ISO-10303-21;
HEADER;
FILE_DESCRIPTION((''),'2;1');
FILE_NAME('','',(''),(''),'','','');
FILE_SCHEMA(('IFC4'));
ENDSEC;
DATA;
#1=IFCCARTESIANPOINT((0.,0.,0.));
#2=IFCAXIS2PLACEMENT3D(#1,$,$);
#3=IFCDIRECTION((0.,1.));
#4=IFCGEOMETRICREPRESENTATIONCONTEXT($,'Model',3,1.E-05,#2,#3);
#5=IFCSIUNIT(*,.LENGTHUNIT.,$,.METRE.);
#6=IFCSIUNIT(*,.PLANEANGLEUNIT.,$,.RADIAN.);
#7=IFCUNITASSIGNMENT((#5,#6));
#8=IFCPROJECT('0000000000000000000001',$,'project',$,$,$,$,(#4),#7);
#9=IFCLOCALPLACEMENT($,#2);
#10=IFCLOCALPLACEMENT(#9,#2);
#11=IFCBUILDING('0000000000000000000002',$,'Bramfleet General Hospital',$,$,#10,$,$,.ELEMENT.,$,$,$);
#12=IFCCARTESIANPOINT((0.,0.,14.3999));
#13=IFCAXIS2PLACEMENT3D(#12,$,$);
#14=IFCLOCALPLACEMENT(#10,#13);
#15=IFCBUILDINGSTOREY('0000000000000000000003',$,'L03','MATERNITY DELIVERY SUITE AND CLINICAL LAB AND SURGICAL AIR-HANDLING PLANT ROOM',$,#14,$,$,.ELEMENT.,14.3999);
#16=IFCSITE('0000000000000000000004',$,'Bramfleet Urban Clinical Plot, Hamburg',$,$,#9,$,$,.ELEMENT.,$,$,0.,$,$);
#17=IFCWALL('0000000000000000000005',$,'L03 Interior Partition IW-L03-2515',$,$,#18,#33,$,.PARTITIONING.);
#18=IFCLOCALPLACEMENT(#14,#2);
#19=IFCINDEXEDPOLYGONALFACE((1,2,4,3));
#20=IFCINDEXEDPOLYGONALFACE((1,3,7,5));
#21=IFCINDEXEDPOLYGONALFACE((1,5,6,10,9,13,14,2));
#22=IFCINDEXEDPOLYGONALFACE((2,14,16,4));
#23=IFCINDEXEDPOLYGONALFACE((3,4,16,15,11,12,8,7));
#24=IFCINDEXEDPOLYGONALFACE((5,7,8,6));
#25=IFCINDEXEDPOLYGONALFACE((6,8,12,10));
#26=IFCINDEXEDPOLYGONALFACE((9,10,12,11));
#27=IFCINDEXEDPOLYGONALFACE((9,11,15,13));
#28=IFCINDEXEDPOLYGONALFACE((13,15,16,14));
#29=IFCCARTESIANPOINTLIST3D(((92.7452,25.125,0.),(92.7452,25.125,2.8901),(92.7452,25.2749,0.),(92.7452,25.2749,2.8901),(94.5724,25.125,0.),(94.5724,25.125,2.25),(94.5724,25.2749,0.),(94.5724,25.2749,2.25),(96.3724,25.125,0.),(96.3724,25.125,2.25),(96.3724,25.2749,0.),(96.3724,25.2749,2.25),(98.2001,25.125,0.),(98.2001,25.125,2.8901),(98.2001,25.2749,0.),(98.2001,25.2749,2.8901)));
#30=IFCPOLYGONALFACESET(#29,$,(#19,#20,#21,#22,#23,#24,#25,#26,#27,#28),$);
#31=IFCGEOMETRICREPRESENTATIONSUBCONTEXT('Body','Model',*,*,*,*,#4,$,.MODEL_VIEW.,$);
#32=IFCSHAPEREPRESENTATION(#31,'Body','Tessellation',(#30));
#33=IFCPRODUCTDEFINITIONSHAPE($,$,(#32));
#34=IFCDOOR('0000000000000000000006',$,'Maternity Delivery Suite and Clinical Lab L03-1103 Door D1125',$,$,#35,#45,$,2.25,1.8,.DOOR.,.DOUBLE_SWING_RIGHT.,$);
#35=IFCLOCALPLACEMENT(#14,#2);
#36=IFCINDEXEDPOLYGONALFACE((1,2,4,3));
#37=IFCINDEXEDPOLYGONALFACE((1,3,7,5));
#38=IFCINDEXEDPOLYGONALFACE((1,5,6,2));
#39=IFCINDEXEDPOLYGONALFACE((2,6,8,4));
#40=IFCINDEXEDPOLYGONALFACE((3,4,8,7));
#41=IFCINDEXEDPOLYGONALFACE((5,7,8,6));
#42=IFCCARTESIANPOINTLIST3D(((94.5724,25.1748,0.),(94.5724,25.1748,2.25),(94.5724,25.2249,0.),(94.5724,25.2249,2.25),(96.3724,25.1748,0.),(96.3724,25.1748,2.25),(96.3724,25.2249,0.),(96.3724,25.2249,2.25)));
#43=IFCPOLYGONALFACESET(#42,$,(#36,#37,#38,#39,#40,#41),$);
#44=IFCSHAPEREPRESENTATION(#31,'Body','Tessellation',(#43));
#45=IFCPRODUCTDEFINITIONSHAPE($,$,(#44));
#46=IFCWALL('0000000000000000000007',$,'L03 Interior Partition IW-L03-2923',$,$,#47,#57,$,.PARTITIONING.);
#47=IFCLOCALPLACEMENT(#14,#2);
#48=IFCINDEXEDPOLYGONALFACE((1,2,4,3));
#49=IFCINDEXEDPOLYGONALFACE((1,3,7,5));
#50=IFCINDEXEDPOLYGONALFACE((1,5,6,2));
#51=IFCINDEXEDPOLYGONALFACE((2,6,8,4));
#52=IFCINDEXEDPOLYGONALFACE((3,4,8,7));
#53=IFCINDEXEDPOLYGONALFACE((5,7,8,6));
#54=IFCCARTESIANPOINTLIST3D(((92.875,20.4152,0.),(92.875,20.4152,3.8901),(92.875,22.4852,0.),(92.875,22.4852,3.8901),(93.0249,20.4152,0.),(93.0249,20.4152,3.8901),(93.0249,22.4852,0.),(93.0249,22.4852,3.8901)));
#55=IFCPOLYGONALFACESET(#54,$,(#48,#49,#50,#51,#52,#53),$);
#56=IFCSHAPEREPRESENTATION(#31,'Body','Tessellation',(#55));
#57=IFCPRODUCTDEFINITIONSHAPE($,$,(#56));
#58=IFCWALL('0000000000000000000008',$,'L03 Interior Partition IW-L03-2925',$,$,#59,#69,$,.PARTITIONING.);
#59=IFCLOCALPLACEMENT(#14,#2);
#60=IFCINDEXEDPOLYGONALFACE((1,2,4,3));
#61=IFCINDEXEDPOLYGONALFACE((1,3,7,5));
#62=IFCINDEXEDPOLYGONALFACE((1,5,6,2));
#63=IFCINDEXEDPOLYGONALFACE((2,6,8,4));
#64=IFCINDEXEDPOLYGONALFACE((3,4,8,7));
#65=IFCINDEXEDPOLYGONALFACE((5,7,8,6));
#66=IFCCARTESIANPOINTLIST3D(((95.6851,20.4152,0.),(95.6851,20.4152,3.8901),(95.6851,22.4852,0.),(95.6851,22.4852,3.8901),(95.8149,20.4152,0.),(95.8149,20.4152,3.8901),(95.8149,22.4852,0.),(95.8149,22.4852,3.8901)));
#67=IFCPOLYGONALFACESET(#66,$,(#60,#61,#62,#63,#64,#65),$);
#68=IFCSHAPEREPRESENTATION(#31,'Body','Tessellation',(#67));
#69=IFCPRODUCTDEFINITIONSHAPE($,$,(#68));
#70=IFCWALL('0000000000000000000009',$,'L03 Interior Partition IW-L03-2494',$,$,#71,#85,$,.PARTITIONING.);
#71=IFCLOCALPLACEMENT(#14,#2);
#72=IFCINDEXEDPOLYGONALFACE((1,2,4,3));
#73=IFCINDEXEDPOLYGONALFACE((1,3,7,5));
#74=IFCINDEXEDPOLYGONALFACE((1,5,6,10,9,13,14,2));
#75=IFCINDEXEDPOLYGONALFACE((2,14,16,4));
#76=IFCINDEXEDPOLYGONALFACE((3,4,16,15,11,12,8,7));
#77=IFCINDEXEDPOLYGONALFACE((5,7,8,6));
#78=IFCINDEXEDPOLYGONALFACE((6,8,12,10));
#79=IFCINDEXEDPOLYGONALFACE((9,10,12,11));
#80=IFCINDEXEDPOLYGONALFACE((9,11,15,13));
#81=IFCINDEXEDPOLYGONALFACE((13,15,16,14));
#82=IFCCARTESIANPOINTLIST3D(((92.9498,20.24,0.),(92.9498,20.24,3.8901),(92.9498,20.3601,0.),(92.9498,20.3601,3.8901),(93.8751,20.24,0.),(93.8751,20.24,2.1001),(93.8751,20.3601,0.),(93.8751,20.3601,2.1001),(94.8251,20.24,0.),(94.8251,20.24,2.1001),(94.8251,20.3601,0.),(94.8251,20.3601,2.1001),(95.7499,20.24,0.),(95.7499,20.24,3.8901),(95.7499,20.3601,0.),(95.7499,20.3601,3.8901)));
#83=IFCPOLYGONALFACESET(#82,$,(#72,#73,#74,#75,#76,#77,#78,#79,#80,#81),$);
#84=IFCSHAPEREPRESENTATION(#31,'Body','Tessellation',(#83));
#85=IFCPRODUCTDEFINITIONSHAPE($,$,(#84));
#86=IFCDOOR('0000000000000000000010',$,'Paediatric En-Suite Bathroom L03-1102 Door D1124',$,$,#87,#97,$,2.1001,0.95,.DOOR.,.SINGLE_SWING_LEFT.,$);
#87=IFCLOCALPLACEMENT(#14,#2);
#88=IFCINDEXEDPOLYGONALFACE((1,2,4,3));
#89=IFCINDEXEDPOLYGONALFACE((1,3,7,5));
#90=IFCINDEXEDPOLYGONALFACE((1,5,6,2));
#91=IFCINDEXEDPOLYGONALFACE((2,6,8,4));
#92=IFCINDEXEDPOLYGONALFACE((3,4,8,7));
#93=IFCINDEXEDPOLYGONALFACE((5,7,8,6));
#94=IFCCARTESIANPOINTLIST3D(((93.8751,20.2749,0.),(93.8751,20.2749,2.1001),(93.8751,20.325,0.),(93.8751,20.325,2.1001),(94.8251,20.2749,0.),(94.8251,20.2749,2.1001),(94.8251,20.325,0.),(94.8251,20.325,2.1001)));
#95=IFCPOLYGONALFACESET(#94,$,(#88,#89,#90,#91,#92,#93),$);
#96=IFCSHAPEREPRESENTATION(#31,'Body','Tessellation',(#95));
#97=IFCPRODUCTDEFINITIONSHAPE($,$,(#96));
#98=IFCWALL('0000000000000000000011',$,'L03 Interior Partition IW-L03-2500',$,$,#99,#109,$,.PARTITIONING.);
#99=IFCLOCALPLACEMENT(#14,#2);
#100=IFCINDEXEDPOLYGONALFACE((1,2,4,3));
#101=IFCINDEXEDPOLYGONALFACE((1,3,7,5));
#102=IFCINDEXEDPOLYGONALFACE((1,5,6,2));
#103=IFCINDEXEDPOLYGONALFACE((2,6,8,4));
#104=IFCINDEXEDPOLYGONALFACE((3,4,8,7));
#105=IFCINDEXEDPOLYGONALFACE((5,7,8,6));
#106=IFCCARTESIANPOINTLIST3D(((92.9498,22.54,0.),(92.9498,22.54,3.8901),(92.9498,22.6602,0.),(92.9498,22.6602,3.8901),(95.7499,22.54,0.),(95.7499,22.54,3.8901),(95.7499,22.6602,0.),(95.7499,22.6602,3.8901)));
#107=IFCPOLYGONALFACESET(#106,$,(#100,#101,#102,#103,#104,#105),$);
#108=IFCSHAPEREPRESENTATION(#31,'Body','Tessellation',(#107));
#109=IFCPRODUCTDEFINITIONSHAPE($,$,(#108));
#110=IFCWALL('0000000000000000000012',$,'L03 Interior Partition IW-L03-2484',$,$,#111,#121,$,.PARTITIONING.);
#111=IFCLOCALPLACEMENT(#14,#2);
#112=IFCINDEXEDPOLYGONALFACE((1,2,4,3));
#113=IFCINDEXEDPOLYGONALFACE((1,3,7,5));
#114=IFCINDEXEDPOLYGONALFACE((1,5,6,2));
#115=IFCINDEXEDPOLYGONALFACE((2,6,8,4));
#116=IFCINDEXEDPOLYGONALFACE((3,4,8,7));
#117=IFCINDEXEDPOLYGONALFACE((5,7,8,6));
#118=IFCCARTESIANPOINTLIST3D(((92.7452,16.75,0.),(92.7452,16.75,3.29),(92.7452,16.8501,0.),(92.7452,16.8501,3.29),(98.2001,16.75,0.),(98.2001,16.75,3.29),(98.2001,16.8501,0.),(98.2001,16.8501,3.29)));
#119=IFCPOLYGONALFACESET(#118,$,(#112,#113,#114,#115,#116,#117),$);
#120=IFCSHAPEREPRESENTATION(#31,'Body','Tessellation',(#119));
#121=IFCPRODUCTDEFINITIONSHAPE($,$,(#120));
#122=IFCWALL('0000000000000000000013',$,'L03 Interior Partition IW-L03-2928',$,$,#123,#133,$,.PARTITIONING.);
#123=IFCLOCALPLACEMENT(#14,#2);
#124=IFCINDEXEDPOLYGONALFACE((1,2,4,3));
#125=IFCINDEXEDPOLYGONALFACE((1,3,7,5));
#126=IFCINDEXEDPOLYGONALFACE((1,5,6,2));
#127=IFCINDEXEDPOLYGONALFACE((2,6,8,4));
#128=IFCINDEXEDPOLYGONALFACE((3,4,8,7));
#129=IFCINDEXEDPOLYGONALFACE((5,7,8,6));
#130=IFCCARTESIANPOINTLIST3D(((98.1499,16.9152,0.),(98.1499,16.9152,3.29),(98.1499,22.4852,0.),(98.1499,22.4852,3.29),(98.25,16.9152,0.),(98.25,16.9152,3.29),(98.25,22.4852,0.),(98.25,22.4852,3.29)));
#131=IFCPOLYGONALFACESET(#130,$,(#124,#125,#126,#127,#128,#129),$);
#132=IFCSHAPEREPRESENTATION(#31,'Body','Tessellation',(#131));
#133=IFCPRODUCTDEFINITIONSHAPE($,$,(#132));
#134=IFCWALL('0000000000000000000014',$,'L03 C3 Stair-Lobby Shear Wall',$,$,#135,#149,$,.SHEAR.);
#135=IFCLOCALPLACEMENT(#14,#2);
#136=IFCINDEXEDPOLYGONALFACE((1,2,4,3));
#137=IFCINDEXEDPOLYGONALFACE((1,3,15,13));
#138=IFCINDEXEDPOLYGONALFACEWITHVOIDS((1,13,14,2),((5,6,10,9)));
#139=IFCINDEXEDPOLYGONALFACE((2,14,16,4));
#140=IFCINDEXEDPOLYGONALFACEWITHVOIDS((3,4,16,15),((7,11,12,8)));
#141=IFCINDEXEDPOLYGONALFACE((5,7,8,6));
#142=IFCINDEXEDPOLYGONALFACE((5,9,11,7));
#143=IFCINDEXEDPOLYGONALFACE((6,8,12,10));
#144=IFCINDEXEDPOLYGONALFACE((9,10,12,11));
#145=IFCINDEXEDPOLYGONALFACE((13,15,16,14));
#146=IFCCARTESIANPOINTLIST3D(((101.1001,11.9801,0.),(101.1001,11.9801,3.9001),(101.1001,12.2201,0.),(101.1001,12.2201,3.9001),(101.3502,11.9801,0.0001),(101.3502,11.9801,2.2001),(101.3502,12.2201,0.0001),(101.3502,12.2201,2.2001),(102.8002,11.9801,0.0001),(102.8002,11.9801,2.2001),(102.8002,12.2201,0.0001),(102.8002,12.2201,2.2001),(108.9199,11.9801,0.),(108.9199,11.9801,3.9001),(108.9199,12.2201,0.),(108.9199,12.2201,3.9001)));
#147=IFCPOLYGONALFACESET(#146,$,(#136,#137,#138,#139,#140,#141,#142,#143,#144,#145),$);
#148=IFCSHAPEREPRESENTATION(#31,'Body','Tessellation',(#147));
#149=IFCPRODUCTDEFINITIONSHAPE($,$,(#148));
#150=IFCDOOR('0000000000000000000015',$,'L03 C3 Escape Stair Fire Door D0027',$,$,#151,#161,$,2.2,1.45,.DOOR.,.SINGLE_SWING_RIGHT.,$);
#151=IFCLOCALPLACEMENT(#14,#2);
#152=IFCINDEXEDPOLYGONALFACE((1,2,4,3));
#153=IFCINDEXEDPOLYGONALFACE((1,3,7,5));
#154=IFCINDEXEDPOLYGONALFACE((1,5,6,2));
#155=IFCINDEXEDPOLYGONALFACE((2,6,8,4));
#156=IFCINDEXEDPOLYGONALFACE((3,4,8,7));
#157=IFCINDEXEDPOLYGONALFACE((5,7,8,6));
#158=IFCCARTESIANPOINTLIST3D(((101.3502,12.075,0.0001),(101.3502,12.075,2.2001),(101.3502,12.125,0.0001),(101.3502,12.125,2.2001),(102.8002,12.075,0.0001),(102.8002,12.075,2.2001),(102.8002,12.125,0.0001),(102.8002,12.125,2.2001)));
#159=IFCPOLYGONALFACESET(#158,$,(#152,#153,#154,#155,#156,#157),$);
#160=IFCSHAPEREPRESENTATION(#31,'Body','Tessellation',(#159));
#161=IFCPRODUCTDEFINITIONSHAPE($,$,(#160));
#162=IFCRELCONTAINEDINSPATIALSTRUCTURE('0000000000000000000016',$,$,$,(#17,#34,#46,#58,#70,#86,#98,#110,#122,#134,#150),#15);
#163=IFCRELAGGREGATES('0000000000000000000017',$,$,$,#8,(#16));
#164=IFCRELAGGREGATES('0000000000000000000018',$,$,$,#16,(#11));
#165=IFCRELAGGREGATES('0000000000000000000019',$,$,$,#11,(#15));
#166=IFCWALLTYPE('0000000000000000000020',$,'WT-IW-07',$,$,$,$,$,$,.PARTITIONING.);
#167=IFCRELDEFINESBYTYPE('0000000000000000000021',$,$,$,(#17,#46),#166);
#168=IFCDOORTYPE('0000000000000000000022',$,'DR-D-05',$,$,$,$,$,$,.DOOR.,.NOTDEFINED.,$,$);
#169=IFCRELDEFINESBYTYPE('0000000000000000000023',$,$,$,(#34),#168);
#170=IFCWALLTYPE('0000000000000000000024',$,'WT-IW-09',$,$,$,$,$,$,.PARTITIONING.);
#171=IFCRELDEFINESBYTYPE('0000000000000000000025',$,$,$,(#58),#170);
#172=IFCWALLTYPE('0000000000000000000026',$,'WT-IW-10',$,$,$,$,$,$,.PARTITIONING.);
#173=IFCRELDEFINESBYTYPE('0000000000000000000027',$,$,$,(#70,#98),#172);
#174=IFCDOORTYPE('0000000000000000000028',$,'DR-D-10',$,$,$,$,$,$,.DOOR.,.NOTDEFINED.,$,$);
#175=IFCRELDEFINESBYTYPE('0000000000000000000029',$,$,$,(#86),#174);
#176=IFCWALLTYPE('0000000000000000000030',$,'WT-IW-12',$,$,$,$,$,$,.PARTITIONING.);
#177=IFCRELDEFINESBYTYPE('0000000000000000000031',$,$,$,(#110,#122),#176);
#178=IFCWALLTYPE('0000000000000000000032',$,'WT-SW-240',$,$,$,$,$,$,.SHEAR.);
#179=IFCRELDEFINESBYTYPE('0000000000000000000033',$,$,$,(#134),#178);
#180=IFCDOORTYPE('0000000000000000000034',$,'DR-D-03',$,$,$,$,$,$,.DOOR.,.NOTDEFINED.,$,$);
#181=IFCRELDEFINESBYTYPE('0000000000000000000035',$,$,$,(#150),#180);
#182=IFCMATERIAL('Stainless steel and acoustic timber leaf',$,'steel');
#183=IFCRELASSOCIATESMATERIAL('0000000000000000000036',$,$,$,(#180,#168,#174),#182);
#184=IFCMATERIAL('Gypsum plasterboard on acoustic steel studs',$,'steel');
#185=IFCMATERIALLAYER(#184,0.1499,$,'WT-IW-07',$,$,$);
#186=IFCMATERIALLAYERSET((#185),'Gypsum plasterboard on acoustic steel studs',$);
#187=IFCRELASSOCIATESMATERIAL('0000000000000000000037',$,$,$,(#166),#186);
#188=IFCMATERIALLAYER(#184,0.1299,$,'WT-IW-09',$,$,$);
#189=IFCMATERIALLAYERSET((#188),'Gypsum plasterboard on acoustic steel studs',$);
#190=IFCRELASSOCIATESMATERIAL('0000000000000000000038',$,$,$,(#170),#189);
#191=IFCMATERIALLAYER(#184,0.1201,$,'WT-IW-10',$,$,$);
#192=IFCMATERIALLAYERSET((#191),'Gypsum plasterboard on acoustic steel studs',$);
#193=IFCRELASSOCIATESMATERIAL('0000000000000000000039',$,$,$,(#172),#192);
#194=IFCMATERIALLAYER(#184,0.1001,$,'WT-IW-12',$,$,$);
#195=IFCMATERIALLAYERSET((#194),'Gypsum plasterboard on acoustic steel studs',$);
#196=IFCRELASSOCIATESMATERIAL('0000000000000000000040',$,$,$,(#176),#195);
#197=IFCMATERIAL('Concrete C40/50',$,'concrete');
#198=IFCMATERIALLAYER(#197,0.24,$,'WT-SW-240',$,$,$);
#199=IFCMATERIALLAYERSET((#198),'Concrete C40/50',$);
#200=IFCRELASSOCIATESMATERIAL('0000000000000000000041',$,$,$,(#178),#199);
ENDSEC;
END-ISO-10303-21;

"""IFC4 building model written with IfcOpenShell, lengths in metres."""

from ifc_helpers import new_model, si_unit, direction, frame, frame_2d, origin, place, context, subcontext, project, spatial, rectangle, extrude, material, layer, layer_set, type_object, element, fill, save


model = new_model("IFC4")

# Units and contexts
model_context = context("Model", 3, precision=1e-05, world=origin(), true_north=direction((0.0, 1.0)))
body_context = subcontext(model_context, "Body", "Model", "MODEL_VIEW")
ifc_project = project(units=[si_unit("LENGTHUNIT", "METRE"), si_unit("PLANEANGLEUNIT", "RADIAN")], contexts=[model_context])

# Site, building, storey
site_placement = place(None, origin())
site = spatial("IfcSite", under=ifc_project, at=site_placement, Name="Bramfleet Urban Clinical Plot, Hamburg", CompositionType="ELEMENT", RefElevation=0.0)
building_placement = place(site_placement, origin())
building = spatial("IfcBuilding", under=site, at=building_placement, Name="Bramfleet General Hospital", CompositionType="ELEMENT")
storey_placement = place(building_placement, frame((0.0, 0.0, 14.3999)))
storey = spatial("IfcBuildingStorey", under=building, at=storey_placement, Name="L03", Description="MATERNITY DELIVERY SUITE AND CLINICAL LAB AND SURGICAL AIR-HANDLING PLANT ROOM", CompositionType="ELEMENT", Elevation=14.3999)

# Shared definitions
ifc_material_1 = material(Name="Concrete C40/50", Category="concrete")

# Wall, opening, door
ifc_material_2 = material(Name="Stainless steel and acoustic timber leaf", Category="steel")
ifc_material_3 = material(Name="Gypsum plasterboard on acoustic steel studs", Category="steel")
door_type_1 = type_object("IfcDoorType", Name="DR-D-03", OperationType="NOTDEFINED", PredefinedType="DOOR", material=ifc_material_2)
ifc_layer_1 = layer(ifc_material_3, 0.1499, Name="WT-IW-07")
ifc_layer_set_1 = layer_set([ifc_layer_1], Name="Gypsum plasterboard on acoustic steel studs")
wall_type_1 = type_object("IfcWallType", Name="WT-IW-07", PredefinedType="PARTITIONING", material=ifc_layer_set_1)
wall_1_placement = place(storey_placement, frame((92.7451, 25.2, 0.0), z_axis=(0.0, 0.0, 1.0), x_axis=(1.0, 0.0, 0.0)))
wall_1 = element("IfcWall", 1, at=wall_1_placement, inside=storey, type_object=wall_type_1, Name="L03 Interior Partition IW-L03-2515", PredefinedType="PARTITIONING", context=body_context, shape_type="SweptSolid", body=[
    extrude(rectangle(XDim=5.4548, YDim=0.1499, at=frame_2d((2.7275, 0.0))), origin(), (0.0, 0.0, 1.0), 2.8901),
])
opening_1_placement = place(wall_1_placement, frame((1.8274, 0.0, 0.0)))
opening_1 = element("IfcOpeningElement", 2, at=opening_1_placement, cuts=wall_1, PredefinedType="OPENING", context=body_context, shape_type="SweptSolid", body=[
    extrude(rectangle(XDim=1.8, YDim=2.25, at=frame_2d((0.8999, 1.125))), frame((0.0, 0.085, 0.0), z_axis=(0.0, -1.0, 0.0), x_axis=(1.0, 0.0, 0.0)), (0.0, 0.0, 1.0), 0.1699),
])
door_type_2 = type_object("IfcDoorType", Name="DR-D-05", OperationType="NOTDEFINED", PredefinedType="DOOR", material=ifc_material_2)
door_1_placement = place(opening_1_placement, origin())
door_1 = element("IfcDoor", 3, at=door_1_placement, inside=storey, type_object=door_type_2, Name="Maternity Delivery Suite and Clinical Lab L03-1103 Door D1125", OperationType="DOUBLE_SWING_RIGHT", OverallHeight=2.25, OverallWidth=1.8, PredefinedType="DOOR", context=body_context, shape_type="SweptSolid", body=[
    extrude(rectangle(XDim=1.8, YDim=2.25, at=frame_2d((0.8999, 1.125))), frame((0.0, 0.0249, 0.0), z_axis=(0.0, -1.0, 0.0), x_axis=(1.0, 0.0, 0.0)), (0.0, 0.0, 1.0), 0.05),
])
fill(opening_1, door_1)

# Walls
wall_2_placement = place(storey_placement, frame((92.95, 20.415, 0.0), z_axis=(0.0, 0.0, 1.0), x_axis=(0.0, 1.0, 0.0)))
element("IfcWall", 4, at=wall_2_placement, inside=storey, type_object=wall_type_1, Name="L03 Interior Partition IW-L03-2923", PredefinedType="PARTITIONING", context=body_context, shape_type="SweptSolid", body=[
    extrude(rectangle(XDim=2.0701, YDim=0.1499, at=frame_2d((1.0352, 0.0))), origin(), (0.0, 0.0, 1.0), 3.8901),
])
ifc_layer_2 = layer(ifc_material_3, 0.1299, Name="WT-IW-09")
ifc_layer_set_2 = layer_set([ifc_layer_2], Name="Gypsum plasterboard on acoustic steel studs")
wall_type_2 = type_object("IfcWallType", Name="WT-IW-09", PredefinedType="PARTITIONING", material=ifc_layer_set_2)
wall_3_placement = place(storey_placement, frame((95.75, 20.415, 0.0), z_axis=(0.0, 0.0, 1.0), x_axis=(0.0, 1.0, 0.0)))
element("IfcWall", 5, at=wall_3_placement, inside=storey, type_object=wall_type_2, Name="L03 Interior Partition IW-L03-2925", PredefinedType="PARTITIONING", context=body_context, shape_type="SweptSolid", body=[
    extrude(rectangle(XDim=2.0701, YDim=0.1299, at=frame_2d((1.0352, 0.0))), origin(), (0.0, 0.0, 1.0), 3.8901),
])

# Wall, opening, door
ifc_layer_3 = layer(ifc_material_3, 0.1201, Name="WT-IW-10")
ifc_layer_set_3 = layer_set([ifc_layer_3], Name="Gypsum plasterboard on acoustic steel studs")
wall_type_3 = type_object("IfcWallType", Name="WT-IW-10", PredefinedType="PARTITIONING", material=ifc_layer_set_3)
wall_4_placement = place(storey_placement, frame((92.95, 20.3, 0.0), z_axis=(0.0, 0.0, 1.0), x_axis=(1.0, 0.0, 0.0)))
wall_4 = element("IfcWall", 6, at=wall_4_placement, inside=storey, type_object=wall_type_3, Name="L03 Interior Partition IW-L03-2494", PredefinedType="PARTITIONING", context=body_context, shape_type="SweptSolid", body=[
    extrude(rectangle(XDim=2.8, YDim=0.1201, at=frame_2d((1.3999, 0.0))), origin(), (0.0, 0.0, 1.0), 3.8901),
])
opening_2_placement = place(wall_4_placement, frame((0.925, 0.0, 0.0)))
opening_2 = element("IfcOpeningElement", 7, at=opening_2_placement, cuts=wall_4, PredefinedType="OPENING", context=body_context, shape_type="SweptSolid", body=[
    extrude(rectangle(XDim=0.95, YDim=2.1001, at=frame_2d((0.4751, 1.05))), frame((0.0, 0.0701, 0.0), z_axis=(0.0, -1.0, 0.0), x_axis=(1.0, 0.0, 0.0)), (0.0, 0.0, 1.0), 0.1401),
])
door_type_3 = type_object("IfcDoorType", Name="DR-D-10", OperationType="NOTDEFINED", PredefinedType="DOOR", material=ifc_material_2)
door_2_placement = place(opening_2_placement, origin())
door_2 = element("IfcDoor", 8, at=door_2_placement, inside=storey, type_object=door_type_3, Name="Paediatric En-Suite Bathroom L03-1102 Door D1124", OperationType="SINGLE_SWING_LEFT", OverallHeight=2.1001, OverallWidth=0.95, PredefinedType="DOOR", context=body_context, shape_type="SweptSolid", body=[
    extrude(rectangle(XDim=0.95, YDim=2.1001, at=frame_2d((0.4751, 1.05))), frame((0.0, 0.0249, 0.0), z_axis=(0.0, -1.0, 0.0), x_axis=(1.0, 0.0, 0.0)), (0.0, 0.0, 1.0), 0.05),
])
fill(opening_2, door_2)

# Walls
wall_5_placement = place(storey_placement, frame((92.95, 22.6001, 0.0), z_axis=(0.0, 0.0, 1.0), x_axis=(1.0, 0.0, 0.0)))
element("IfcWall", 9, at=wall_5_placement, inside=storey, type_object=wall_type_3, Name="L03 Interior Partition IW-L03-2500", PredefinedType="PARTITIONING", context=body_context, shape_type="SweptSolid", body=[
    extrude(rectangle(XDim=2.8, YDim=0.1201, at=frame_2d((1.3999, 0.0))), origin(), (0.0, 0.0, 1.0), 3.8901),
])
ifc_layer_4 = layer(ifc_material_3, 0.1001, Name="WT-IW-12")
ifc_layer_set_4 = layer_set([ifc_layer_4], Name="Gypsum plasterboard on acoustic steel studs")
wall_type_4 = type_object("IfcWallType", Name="WT-IW-12", PredefinedType="PARTITIONING", material=ifc_layer_set_4)
wall_6_placement = place(storey_placement, frame((92.7451, 16.8, 0.0), z_axis=(0.0, 0.0, 1.0), x_axis=(1.0, 0.0, 0.0)))
element("IfcWall", 10, at=wall_6_placement, inside=storey, type_object=wall_type_4, Name="L03 Interior Partition IW-L03-2484", PredefinedType="PARTITIONING", context=body_context, shape_type="SweptSolid", body=[
    extrude(rectangle(XDim=5.4548, YDim=0.1001, at=frame_2d((2.7275, 0.0))), origin(), (0.0, 0.0, 1.0), 3.29),
])
wall_7_placement = place(storey_placement, frame((98.2, 16.915, 0.0), z_axis=(0.0, 0.0, 1.0), x_axis=(0.0, 1.0, 0.0)))
element("IfcWall", 11, at=wall_7_placement, inside=storey, type_object=wall_type_4, Name="L03 Interior Partition IW-L03-2928", PredefinedType="PARTITIONING", context=body_context, shape_type="SweptSolid", body=[
    extrude(rectangle(XDim=5.5701, YDim=0.1001, at=frame_2d((2.7852, 0.0))), origin(), (0.0, 0.0, 1.0), 3.29),
])

# Wall, opening, door
ifc_layer_5 = layer(ifc_material_1, 0.24, Name="WT-SW-240")
ifc_layer_set_5 = layer_set([ifc_layer_5], Name="Concrete C40/50")
wall_type_5 = type_object("IfcWallType", Name="WT-SW-240", PredefinedType="SHEAR", material=ifc_layer_set_5)
wall_8_placement = place(storey_placement, frame((101.1001, 12.1001, 0.0), z_axis=(0.0, 0.0, 1.0), x_axis=(1.0, 0.0, 0.0)))
wall_8 = element("IfcWall", 12, at=wall_8_placement, inside=storey, type_object=wall_type_5, Name="L03 C3 Stair-Lobby Shear Wall", PredefinedType="SHEAR", context=body_context, shape_type="SweptSolid", body=[
    extrude(rectangle(XDim=7.8198, YDim=0.24, at=frame_2d((3.9099, 0.0))), origin(), (0.0, 0.0, 1.0), 3.9001),
])
opening_3_placement = place(wall_8_placement, frame((0.25, 0.0, 0.0)))
opening_3 = element("IfcOpeningElement", 13, at=opening_3_placement, cuts=wall_8, PredefinedType="OPENING", context=body_context, shape_type="SweptSolid", body=[
    extrude(rectangle(XDim=1.45, YDim=2.2, at=frame_2d((0.7251, 1.1001))), frame((0.0, 0.1299, 0.0), z_axis=(0.0, -1.0, 0.0), x_axis=(1.0, 0.0, 0.0)), (0.0, 0.0, 1.0), 0.26),
])
door_3_placement = place(opening_3_placement, origin())
door_3 = element("IfcDoor", 14, at=door_3_placement, inside=storey, type_object=door_type_1, Name="L03 C3 Escape Stair Fire Door D0027", OperationType="SINGLE_SWING_RIGHT", OverallHeight=2.2, OverallWidth=1.45, PredefinedType="DOOR", context=body_context, shape_type="SweptSolid", body=[
    extrude(rectangle(XDim=1.45, YDim=2.2, at=frame_2d((0.7251, 1.1001))), frame((0.0, 0.0249, 0.0), z_axis=(0.0, -1.0, 0.0), x_axis=(1.0, 0.0, 0.0)), (0.0, 0.0, 1.0), 0.05),
])
fill(opening_3, door_3)

save(model, "model.ifc")
